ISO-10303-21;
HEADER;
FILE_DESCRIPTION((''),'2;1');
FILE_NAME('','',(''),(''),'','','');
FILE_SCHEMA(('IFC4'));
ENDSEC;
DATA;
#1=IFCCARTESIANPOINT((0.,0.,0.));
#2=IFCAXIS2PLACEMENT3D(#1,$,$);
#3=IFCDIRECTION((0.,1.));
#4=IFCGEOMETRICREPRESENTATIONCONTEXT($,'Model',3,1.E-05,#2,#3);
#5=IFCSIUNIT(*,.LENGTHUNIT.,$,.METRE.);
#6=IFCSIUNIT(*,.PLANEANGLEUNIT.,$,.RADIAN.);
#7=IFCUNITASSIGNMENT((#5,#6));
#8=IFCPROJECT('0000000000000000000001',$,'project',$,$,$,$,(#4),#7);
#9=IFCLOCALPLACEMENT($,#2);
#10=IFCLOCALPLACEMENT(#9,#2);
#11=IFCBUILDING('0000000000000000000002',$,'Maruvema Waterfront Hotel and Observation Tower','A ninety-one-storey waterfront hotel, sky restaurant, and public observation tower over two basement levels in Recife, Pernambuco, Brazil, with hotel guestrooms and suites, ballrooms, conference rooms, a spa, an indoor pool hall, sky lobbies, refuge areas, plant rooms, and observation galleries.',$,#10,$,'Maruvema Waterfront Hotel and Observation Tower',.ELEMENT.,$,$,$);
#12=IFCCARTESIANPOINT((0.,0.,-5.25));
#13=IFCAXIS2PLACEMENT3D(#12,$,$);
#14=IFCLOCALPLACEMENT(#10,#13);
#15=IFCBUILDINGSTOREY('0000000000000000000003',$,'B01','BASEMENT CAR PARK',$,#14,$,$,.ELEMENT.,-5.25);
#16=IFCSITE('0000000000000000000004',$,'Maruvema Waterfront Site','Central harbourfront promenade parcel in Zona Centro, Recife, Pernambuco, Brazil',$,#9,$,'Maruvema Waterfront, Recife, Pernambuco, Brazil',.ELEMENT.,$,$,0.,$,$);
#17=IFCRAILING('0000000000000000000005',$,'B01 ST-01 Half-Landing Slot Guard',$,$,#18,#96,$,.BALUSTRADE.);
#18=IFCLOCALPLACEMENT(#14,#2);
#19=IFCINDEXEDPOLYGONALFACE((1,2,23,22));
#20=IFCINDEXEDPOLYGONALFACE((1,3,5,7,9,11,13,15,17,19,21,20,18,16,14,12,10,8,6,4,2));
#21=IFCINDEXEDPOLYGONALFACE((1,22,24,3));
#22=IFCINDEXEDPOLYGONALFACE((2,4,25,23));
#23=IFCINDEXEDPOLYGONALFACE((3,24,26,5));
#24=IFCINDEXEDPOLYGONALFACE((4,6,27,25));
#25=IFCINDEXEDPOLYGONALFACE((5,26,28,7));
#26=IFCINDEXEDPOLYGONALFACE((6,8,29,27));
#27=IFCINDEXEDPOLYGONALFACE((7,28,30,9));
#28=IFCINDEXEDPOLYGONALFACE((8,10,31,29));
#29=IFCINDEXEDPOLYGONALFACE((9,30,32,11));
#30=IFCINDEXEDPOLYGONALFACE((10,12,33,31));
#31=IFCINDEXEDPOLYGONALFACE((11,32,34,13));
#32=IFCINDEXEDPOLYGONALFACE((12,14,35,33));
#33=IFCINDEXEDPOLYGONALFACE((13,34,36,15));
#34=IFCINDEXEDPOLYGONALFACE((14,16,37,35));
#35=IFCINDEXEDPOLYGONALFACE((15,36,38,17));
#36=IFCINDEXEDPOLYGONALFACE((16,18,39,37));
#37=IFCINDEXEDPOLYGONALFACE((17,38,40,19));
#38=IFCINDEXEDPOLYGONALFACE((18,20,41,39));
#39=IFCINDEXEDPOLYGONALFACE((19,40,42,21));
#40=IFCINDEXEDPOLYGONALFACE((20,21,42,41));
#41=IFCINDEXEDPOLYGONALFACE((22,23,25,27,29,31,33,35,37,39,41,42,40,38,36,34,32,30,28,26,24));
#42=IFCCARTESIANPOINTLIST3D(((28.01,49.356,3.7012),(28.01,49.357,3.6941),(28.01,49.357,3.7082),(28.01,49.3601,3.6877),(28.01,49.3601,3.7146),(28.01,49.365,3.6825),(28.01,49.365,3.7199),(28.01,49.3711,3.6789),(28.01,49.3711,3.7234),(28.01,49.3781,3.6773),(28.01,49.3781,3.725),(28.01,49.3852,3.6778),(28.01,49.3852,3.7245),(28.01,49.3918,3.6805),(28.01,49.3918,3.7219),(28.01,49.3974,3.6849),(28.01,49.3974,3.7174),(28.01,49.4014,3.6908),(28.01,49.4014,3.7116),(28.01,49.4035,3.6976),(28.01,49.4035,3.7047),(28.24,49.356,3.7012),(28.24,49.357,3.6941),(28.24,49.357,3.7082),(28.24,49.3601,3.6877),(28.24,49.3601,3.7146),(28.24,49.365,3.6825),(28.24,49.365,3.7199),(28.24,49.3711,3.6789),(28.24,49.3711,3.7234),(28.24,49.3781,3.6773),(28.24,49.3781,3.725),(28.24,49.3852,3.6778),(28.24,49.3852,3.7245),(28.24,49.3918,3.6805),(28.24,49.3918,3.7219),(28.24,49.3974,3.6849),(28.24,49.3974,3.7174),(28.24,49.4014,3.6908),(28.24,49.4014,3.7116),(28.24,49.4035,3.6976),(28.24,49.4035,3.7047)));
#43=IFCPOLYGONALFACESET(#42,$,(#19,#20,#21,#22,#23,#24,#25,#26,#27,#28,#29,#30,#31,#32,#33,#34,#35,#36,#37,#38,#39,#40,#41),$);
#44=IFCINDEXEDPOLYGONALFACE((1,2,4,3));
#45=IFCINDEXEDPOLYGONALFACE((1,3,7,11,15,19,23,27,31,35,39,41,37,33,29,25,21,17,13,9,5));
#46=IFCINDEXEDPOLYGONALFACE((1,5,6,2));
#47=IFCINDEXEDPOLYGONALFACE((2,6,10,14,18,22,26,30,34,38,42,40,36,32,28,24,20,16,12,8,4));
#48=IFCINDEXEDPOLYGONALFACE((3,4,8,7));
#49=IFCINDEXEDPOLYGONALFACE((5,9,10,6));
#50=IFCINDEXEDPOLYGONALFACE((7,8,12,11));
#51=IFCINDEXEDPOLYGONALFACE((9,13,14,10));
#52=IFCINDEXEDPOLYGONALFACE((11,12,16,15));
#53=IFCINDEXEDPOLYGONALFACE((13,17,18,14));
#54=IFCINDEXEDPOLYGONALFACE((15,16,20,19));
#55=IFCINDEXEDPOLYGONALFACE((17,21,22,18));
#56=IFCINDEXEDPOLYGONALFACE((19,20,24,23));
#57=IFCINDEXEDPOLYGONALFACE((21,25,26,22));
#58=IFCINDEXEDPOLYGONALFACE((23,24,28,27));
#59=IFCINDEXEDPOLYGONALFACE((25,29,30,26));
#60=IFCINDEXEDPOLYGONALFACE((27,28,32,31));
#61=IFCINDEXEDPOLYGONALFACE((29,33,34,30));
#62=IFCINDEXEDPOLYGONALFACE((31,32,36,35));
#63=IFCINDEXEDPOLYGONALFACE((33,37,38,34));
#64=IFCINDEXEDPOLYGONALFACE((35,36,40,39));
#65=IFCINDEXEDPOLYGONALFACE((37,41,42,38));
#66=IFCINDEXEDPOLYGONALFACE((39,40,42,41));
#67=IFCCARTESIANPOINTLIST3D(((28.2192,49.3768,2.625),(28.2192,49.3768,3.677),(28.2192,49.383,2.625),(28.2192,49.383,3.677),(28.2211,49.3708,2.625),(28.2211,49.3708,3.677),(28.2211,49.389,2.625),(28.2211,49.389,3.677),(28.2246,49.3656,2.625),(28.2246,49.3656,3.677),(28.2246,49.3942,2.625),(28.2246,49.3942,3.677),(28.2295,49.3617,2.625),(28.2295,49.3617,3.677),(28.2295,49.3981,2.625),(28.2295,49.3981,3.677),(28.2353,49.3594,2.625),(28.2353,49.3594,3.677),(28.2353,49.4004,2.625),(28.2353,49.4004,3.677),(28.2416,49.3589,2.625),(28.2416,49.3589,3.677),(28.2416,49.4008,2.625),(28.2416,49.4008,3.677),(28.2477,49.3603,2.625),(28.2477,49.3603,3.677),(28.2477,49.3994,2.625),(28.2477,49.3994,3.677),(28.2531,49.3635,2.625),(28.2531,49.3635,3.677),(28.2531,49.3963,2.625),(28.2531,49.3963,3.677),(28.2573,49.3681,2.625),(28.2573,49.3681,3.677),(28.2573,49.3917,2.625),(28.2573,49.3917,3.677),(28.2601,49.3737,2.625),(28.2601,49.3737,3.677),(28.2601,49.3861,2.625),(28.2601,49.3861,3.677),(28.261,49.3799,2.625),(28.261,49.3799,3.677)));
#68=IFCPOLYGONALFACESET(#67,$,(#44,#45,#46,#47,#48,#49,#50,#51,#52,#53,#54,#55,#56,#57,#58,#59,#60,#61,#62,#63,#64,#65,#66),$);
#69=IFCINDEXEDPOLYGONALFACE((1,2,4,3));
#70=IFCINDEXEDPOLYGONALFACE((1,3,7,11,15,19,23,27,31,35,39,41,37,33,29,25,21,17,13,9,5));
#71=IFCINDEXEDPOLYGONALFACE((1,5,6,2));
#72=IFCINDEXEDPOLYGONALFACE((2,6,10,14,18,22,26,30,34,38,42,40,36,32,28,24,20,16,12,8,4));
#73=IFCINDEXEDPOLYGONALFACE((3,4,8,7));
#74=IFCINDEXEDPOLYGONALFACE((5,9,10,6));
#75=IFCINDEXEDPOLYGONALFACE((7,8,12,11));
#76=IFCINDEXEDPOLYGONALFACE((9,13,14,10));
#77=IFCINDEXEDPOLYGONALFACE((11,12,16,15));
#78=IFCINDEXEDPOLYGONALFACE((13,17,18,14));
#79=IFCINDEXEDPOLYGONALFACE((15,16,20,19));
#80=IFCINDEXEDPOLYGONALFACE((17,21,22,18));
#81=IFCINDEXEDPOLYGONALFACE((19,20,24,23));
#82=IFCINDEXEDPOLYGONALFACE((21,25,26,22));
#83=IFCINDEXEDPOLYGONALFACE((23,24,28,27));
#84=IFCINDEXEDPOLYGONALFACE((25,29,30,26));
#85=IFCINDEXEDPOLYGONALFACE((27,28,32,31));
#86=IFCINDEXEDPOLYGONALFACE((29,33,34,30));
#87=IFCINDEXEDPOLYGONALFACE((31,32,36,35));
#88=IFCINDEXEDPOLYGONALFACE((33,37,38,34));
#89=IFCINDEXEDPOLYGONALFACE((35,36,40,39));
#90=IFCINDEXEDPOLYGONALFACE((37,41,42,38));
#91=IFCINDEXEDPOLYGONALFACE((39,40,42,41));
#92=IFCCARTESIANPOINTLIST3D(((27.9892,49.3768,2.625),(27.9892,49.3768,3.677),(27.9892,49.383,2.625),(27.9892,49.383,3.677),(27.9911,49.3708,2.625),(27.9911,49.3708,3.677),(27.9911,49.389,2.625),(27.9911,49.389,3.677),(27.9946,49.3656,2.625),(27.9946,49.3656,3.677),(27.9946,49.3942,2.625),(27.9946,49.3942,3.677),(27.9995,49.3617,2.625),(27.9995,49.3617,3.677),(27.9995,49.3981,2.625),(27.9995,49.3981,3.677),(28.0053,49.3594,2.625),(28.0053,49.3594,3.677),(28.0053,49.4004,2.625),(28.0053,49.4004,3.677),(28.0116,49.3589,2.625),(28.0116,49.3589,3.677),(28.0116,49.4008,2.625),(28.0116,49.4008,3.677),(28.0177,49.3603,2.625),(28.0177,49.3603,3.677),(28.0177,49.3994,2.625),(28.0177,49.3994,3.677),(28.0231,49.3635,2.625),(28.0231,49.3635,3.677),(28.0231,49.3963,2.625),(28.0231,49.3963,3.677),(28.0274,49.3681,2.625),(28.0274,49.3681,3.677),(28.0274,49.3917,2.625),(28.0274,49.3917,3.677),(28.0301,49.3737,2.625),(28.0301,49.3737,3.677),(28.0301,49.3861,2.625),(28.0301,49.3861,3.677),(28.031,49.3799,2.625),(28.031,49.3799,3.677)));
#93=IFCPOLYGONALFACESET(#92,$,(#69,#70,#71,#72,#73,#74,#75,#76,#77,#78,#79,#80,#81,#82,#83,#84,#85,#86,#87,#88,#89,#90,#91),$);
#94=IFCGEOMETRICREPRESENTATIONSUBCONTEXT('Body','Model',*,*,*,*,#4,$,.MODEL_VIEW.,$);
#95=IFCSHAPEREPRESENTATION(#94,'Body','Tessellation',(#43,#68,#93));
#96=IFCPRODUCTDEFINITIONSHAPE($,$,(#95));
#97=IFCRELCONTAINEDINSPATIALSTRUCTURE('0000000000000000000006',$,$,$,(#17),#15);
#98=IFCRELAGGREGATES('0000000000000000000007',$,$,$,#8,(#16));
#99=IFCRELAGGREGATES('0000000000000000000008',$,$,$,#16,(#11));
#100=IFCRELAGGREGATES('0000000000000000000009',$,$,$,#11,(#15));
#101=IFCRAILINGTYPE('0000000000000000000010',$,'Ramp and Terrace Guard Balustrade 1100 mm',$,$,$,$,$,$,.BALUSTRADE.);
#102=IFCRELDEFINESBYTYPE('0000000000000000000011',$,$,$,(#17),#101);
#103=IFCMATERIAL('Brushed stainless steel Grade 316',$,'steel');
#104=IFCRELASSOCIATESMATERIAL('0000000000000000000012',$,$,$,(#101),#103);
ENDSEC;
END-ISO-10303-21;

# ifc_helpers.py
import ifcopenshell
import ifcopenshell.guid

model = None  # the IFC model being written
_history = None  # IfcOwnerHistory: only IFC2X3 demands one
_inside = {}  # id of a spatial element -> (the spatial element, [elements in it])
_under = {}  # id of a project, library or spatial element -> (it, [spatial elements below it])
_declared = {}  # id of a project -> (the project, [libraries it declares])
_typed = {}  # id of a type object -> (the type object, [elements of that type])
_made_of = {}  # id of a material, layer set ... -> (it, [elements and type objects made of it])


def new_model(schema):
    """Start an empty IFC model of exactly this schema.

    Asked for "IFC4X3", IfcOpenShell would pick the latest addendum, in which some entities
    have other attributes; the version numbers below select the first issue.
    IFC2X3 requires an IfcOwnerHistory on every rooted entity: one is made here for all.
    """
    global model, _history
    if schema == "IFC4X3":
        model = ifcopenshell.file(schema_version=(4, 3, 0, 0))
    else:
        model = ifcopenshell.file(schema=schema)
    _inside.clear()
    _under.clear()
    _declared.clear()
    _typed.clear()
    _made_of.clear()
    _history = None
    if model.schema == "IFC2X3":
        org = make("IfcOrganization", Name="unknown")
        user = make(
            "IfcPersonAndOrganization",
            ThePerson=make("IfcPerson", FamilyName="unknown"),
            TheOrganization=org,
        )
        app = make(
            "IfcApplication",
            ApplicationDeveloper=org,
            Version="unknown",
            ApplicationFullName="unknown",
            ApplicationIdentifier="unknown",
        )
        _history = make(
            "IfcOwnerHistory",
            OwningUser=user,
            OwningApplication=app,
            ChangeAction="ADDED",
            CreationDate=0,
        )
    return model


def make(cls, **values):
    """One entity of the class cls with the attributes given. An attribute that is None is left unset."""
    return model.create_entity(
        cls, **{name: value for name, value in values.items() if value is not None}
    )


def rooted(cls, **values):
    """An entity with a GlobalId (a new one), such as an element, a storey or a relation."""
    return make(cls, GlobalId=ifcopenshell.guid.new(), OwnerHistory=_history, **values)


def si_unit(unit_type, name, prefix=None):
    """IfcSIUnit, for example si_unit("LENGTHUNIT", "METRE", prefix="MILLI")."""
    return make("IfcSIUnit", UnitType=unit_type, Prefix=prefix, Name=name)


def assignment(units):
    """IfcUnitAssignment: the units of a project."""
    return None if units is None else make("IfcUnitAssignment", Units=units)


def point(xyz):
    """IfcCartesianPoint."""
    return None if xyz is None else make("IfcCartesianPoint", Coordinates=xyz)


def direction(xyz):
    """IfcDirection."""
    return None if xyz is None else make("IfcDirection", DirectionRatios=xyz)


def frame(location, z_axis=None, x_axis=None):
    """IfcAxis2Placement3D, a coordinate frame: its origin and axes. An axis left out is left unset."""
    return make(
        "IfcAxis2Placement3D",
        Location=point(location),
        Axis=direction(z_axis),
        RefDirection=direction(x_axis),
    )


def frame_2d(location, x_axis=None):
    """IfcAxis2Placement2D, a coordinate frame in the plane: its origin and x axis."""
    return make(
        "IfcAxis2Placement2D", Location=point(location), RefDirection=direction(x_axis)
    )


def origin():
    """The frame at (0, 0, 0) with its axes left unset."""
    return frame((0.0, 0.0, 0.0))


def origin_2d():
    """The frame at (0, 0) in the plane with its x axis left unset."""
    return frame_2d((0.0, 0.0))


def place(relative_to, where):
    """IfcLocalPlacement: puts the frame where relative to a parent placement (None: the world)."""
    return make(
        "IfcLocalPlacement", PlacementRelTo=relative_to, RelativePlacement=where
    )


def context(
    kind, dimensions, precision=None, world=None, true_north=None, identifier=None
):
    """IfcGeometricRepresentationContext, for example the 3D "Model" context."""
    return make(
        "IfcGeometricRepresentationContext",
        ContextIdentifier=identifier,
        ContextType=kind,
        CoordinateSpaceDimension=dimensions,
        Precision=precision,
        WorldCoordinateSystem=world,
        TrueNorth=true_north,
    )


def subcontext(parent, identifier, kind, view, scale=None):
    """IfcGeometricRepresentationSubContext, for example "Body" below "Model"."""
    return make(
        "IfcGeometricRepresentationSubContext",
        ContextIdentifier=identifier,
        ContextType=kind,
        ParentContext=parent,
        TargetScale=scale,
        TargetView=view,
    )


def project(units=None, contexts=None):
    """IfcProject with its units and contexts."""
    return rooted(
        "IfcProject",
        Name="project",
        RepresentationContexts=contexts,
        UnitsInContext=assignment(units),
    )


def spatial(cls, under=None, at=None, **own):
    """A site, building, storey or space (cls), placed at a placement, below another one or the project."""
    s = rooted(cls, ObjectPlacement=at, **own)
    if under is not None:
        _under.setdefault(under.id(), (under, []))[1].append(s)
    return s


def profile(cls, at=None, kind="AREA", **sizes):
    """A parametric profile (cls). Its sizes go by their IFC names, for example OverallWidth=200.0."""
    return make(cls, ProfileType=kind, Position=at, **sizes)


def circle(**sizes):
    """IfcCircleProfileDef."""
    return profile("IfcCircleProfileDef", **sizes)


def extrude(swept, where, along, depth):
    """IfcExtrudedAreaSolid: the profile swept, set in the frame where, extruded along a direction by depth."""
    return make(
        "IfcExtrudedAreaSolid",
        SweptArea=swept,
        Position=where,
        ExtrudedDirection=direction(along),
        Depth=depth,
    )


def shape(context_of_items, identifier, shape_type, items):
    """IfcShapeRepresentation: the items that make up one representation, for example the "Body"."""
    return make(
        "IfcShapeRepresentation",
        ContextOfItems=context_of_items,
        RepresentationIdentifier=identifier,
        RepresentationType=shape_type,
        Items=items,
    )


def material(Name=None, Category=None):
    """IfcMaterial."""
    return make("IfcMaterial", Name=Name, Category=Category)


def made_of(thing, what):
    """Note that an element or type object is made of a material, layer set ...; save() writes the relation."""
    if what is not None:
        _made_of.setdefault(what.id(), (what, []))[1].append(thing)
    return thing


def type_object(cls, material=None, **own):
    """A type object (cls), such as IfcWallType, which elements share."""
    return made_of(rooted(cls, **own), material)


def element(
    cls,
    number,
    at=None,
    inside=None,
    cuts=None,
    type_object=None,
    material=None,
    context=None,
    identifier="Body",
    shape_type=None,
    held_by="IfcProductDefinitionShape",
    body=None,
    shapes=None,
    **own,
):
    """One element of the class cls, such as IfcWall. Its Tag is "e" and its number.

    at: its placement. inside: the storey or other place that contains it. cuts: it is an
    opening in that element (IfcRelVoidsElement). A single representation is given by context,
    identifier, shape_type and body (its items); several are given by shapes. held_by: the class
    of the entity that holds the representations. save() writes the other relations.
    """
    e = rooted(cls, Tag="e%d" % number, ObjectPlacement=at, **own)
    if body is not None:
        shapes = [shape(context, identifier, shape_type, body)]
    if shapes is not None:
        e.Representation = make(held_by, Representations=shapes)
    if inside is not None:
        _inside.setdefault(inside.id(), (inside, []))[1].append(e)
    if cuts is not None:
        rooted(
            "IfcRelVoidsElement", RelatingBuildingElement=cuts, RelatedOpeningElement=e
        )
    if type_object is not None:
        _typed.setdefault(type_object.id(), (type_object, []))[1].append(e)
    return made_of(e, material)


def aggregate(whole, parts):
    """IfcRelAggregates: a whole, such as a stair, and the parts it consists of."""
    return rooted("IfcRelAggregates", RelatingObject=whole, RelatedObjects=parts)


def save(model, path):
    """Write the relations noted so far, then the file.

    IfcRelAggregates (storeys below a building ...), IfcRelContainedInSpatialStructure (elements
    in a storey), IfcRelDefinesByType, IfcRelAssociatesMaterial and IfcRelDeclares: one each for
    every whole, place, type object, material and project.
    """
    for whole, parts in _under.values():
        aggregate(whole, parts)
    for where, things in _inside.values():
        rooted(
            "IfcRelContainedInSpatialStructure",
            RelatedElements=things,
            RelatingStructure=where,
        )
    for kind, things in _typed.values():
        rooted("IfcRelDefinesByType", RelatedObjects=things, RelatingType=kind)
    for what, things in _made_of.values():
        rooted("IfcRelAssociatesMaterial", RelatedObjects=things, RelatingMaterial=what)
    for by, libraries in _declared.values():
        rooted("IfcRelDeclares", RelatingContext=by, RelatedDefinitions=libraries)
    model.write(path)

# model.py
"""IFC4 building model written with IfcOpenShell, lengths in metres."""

from ifc_helpers import new_model, si_unit, direction, frame, origin, origin_2d, place, context, subcontext, project, spatial, circle, extrude, material, type_object, element, save


model = new_model("IFC4")

# Units and contexts
model_context = context("Model", 3, precision=1e-05, world=origin(), true_north=direction((0.0, 1.0)))
body_context = subcontext(model_context, "Body", "Model", "MODEL_VIEW")
ifc_project = project(units=[si_unit("LENGTHUNIT", "METRE"), si_unit("PLANEANGLEUNIT", "RADIAN")], contexts=[model_context])

# Site, building, storey
site_placement = place(None, origin())
site = spatial("IfcSite", under=ifc_project, at=site_placement, Name="Maruvema Waterfront Site", Description="Central harbourfront promenade parcel in Zona Centro, Recife, Pernambuco, Brazil", LongName="Maruvema Waterfront, Recife, Pernambuco, Brazil", CompositionType="ELEMENT", RefElevation=0.0)
building_placement = place(site_placement, origin())
building = spatial("IfcBuilding", under=site, at=building_placement, Name="Maruvema Waterfront Hotel and Observation Tower", Description="A ninety-one-storey waterfront hotel, sky restaurant, and public observation tower over two basement levels in Recife, Pernambuco, Brazil, with hotel guestrooms and suites, ballrooms, conference rooms, a spa, an indoor pool hall, sky lobbies, refuge areas, plant rooms, and observation galleries.", LongName="Maruvema Waterfront Hotel and Observation Tower", CompositionType="ELEMENT")
storey_placement = place(building_placement, frame((0.0, 0.0, -5.25)))
storey = spatial("IfcBuildingStorey", under=building, at=storey_placement, Name="B01", Description="BASEMENT CAR PARK", CompositionType="ELEMENT", Elevation=-5.25)

# Railing
ifc_material_1 = material(Name="Brushed stainless steel Grade 316", Category="steel")
railing_type_1 = type_object("IfcRailingType", Name="Ramp and Terrace Guard Balustrade 1100 mm", PredefinedType="BALUSTRADE", material=ifc_material_1)
railing_1_placement = place(storey_placement, frame((28.24, 49.3799, 2.625)))
element("IfcRailing", 1, at=railing_1_placement, inside=storey, type_object=railing_type_1, Name="B01 ST-01 Half-Landing Slot Guard", PredefinedType="BALUSTRADE", context=body_context, shape_type="SweptSolid", body=[
    extrude(circle(Radius=0.0239, at=origin_2d()), frame((0.0, 0.0, 1.0762), z_axis=(-1.0, 0.0, 0.0), x_axis=(0.0, -1.0, 0.0)), (0.0, 0.0, 1.0), 0.23),
    extrude(circle(Radius=0.021, at=origin_2d()), origin(), (0.0, 0.0, 1.0), 1.052),
    extrude(circle(Radius=0.021, at=origin_2d()), frame((-0.23, 0.0, 0.0)), (0.0, 0.0, 1.0), 1.052),
])

save(model, "model.ifc")
